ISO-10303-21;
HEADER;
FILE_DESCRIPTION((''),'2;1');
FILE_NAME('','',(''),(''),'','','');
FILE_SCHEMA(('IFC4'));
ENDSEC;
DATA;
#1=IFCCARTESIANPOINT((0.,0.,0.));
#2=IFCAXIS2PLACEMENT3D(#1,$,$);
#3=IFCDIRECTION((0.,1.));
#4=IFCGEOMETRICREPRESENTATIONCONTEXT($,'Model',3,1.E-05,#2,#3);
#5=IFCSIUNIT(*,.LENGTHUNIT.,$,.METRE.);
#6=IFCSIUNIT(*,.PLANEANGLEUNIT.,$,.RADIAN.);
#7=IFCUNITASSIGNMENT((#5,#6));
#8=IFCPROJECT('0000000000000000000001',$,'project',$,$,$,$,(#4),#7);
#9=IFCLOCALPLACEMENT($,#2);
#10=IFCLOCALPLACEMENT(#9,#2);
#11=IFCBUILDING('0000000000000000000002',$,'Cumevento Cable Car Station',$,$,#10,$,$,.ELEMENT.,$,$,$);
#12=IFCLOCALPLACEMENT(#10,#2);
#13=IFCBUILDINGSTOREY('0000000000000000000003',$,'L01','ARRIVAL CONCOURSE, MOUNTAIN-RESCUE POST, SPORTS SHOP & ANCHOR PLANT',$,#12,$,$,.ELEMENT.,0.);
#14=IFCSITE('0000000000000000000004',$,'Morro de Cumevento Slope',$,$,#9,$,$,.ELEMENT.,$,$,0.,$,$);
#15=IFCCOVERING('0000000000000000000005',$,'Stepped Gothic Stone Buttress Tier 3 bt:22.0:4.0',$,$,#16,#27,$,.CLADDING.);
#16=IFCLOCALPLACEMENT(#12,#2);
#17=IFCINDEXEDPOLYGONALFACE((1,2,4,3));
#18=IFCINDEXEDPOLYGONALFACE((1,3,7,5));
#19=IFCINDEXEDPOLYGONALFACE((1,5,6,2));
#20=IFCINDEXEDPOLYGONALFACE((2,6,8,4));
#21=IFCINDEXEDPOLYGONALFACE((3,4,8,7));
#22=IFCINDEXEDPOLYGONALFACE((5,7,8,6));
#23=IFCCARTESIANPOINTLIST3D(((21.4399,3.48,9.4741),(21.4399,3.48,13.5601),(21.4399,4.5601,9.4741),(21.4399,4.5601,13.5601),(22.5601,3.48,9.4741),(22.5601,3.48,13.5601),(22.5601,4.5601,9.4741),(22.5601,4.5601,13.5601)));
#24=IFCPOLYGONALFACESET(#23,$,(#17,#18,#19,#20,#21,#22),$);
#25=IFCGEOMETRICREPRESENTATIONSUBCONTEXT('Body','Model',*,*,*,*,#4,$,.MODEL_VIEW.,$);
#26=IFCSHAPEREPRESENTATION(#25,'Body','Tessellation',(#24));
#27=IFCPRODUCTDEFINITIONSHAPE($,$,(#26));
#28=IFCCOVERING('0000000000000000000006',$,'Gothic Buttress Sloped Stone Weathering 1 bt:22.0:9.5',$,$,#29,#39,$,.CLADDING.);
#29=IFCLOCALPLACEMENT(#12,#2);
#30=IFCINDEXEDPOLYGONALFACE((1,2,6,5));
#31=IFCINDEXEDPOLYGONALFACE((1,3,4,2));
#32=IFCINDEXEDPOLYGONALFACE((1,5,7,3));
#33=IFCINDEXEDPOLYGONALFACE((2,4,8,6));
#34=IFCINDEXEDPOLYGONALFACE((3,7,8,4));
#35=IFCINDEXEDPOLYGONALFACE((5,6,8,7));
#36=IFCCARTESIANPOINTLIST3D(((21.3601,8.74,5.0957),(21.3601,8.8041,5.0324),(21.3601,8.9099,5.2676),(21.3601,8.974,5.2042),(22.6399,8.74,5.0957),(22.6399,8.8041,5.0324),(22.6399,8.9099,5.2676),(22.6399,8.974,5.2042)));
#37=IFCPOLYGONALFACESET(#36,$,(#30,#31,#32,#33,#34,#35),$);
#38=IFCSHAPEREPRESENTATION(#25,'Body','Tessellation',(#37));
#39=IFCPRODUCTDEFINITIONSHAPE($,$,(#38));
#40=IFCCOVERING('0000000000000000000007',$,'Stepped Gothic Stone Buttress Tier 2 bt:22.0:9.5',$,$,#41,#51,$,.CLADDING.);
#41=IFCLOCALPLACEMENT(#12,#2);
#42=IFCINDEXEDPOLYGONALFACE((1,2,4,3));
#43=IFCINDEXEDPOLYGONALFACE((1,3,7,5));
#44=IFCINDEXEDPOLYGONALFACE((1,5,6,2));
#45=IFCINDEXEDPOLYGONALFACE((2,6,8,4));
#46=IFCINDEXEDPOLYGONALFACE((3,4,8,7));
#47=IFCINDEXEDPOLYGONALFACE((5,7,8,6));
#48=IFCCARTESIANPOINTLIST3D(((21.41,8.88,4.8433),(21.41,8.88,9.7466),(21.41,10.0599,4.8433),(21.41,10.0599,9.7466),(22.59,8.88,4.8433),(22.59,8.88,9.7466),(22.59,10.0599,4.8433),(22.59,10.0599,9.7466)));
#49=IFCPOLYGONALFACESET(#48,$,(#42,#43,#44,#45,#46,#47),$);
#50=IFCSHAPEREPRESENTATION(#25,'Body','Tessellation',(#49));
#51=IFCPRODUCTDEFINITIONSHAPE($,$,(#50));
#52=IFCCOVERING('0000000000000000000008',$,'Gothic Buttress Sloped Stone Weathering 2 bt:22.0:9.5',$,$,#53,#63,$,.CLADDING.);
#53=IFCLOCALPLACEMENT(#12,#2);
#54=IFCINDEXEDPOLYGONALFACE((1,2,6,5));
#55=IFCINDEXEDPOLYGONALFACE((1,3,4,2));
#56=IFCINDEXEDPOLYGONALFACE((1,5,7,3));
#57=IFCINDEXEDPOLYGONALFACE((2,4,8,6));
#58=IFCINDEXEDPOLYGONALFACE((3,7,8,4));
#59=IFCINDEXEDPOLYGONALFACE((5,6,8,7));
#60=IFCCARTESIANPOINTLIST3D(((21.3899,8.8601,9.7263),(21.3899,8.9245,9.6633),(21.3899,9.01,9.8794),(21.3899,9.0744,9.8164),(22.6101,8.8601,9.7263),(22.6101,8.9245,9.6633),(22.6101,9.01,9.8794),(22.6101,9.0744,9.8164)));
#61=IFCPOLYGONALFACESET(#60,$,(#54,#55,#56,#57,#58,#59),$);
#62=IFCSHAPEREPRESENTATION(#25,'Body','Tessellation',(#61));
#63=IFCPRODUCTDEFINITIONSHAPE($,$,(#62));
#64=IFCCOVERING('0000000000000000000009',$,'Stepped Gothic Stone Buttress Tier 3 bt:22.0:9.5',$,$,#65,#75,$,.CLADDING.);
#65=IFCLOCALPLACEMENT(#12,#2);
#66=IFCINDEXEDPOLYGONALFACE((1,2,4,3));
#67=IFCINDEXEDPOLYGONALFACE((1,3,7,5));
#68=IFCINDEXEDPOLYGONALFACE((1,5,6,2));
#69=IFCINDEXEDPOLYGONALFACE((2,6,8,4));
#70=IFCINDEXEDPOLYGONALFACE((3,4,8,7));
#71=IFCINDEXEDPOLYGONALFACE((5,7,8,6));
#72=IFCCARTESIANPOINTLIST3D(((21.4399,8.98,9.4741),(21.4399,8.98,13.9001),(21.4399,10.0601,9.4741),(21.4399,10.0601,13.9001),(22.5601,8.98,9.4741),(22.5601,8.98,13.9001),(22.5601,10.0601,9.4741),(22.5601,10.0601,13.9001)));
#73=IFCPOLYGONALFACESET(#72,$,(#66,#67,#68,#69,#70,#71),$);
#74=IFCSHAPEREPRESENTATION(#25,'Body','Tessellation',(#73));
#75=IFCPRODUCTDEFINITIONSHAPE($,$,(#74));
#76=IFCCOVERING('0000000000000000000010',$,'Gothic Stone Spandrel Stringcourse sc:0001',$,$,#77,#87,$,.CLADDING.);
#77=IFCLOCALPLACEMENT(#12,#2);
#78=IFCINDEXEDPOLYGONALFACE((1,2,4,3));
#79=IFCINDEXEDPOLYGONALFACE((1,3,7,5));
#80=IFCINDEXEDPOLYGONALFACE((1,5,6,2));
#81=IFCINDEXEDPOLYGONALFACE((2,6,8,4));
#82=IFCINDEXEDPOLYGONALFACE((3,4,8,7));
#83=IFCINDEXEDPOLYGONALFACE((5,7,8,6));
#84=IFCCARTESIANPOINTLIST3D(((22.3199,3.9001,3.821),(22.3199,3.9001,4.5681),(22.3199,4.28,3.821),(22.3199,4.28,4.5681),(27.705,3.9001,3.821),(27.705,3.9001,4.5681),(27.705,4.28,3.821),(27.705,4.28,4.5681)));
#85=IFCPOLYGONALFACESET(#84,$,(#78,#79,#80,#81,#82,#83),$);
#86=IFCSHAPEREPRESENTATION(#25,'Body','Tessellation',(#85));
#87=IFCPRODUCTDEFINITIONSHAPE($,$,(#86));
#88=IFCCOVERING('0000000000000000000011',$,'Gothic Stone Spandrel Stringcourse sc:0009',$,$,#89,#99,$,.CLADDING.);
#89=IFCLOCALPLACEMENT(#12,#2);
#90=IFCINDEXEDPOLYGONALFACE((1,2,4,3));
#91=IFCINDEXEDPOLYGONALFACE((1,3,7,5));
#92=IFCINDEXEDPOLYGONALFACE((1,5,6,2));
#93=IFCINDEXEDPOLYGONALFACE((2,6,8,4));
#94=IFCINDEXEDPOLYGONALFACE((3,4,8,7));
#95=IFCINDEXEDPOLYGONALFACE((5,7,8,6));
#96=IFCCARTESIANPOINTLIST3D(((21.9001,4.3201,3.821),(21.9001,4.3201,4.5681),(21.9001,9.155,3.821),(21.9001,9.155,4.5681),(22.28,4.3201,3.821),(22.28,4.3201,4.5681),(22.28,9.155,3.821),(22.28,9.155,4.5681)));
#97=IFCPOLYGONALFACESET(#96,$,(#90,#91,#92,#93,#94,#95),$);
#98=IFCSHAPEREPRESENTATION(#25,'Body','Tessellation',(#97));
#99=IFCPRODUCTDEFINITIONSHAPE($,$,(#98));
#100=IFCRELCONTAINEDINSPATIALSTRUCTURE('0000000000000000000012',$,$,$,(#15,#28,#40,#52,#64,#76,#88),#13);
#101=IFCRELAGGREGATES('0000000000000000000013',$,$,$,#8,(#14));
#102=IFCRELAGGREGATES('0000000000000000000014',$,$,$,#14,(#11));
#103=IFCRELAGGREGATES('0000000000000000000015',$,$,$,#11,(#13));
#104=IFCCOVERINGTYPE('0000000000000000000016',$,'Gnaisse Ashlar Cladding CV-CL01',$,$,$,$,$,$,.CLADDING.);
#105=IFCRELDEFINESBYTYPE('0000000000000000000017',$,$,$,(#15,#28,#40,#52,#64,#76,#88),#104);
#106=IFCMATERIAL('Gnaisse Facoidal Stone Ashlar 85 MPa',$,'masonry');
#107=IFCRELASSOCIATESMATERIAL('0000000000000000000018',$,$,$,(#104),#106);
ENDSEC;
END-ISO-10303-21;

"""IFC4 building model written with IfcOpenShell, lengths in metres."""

from ifc_helpers import new_model, si_unit, direction, frame, origin, origin_2d, place, context, subcontext, project, spatial, polyline, rectangle, outline, extrude, material, type_object, element, save


model = new_model("IFC4")

# Units and contexts
model_context = context("Model", 3, precision=1e-05, world=origin(), true_north=direction((0.0, 1.0)))
body_context = subcontext(model_context, "Body", "Model", "MODEL_VIEW")
ifc_project = project(units=[si_unit("LENGTHUNIT", "METRE"), si_unit("PLANEANGLEUNIT", "RADIAN")], contexts=[model_context])

# Site, building, storey
site_placement = place(None, origin())
site = spatial("IfcSite", under=ifc_project, at=site_placement, Name="Morro de Cumevento Slope", CompositionType="ELEMENT", RefElevation=0.0)
building_placement = place(site_placement, origin())
building = spatial("IfcBuilding", under=site, at=building_placement, Name="Cumevento Cable Car Station", CompositionType="ELEMENT")
storey_placement = place(building_placement, origin())
storey = spatial("IfcBuildingStorey", under=building, at=storey_placement, Name="L01", Description="ARRIVAL CONCOURSE, MOUNTAIN-RESCUE POST, SPORTS SHOP & ANCHOR PLANT", CompositionType="ELEMENT", Elevation=0.0)

# Coverings
ifc_material_1 = material(Name="Gnaisse Facoidal Stone Ashlar 85 MPa", Category="masonry")
covering_type = type_object("IfcCoveringType", Name="Gnaisse Ashlar Cladding CV-CL01", PredefinedType="CLADDING", material=ifc_material_1)
covering_1_placement = place(storey_placement, frame((22.0, 4.02, 9.4741), z_axis=(0.0, 0.0, 1.0), x_axis=(1.0, 0.0, 0.0)))
element("IfcCovering", 1, at=covering_1_placement, inside=storey, type_object=covering_type, Name="Stepped Gothic Stone Buttress Tier 3 bt:22.0:4.0", PredefinedType="CLADDING", context=body_context, shape_type="SweptSolid", body=[
    extrude(rectangle(XDim=1.1201, YDim=1.0801, at=origin_2d()), origin(), (0.0, 0.0, 1.0), 4.0859),
])
covering_2_placement = place(storey_placement, frame((21.3601, 8.74, 5.0957), z_axis=(0.0, -0.711136, 0.703055), x_axis=(1.0, 0.0, 0.0)))
element("IfcCovering", 2, at=covering_2_placement, inside=storey, type_object=covering_type, Name="Gothic Buttress Sloped Stone Weathering 1 bt:22.0:9.5", PredefinedType="CLADDING", context=body_context, shape_type="SweptSolid", body=[
    extrude(outline(polyline([(0.0, 0.0), (1.2798, 0.0), (1.2798, 0.2417), (0.0, 0.2417), (0.0, 0.0)])), origin(), (0.0, 0.0, -1.0), 0.0901),
])
covering_3_placement = place(storey_placement, frame((22.0, 9.47, 4.8433), z_axis=(0.0, 0.0, 1.0), x_axis=(1.0, 0.0, 0.0)))
element("IfcCovering", 3, at=covering_3_placement, inside=storey, type_object=covering_type, Name="Stepped Gothic Stone Buttress Tier 2 bt:22.0:9.5", PredefinedType="CLADDING", context=body_context, shape_type="SweptSolid", body=[
    extrude(rectangle(XDim=1.1799, YDim=1.1799, at=origin_2d()), origin(), (0.0, 0.0, 1.0), 4.9033),
])
covering_4_placement = place(storey_placement, frame((21.3899, 8.8601, 9.7263), z_axis=(0.0, -0.714475, 0.699661), x_axis=(1.0, 0.0, 0.0)))
element("IfcCovering", 4, at=covering_4_placement, inside=storey, type_object=covering_type, Name="Gothic Buttress Sloped Stone Weathering 2 bt:22.0:9.5", PredefinedType="CLADDING", context=body_context, shape_type="SweptSolid", body=[
    extrude(outline(polyline([(0.0, 0.0), (1.2202, 0.0), (1.2202, 0.2142), (0.0, 0.2142), (0.0, 0.0)])), origin(), (0.0, 0.0, -1.0), 0.0901),
])
covering_5_placement = place(storey_placement, frame((22.0, 9.52, 9.4741), z_axis=(0.0, 0.0, 1.0), x_axis=(1.0, 0.0, 0.0)))
element("IfcCovering", 5, at=covering_5_placement, inside=storey, type_object=covering_type, Name="Stepped Gothic Stone Buttress Tier 3 bt:22.0:9.5", PredefinedType="CLADDING", context=body_context, shape_type="SweptSolid", body=[
    extrude(rectangle(XDim=1.1201, YDim=1.0801, at=origin_2d()), origin(), (0.0, 0.0, 1.0), 4.426),
])
covering_6_placement = place(storey_placement, frame((25.0125, 4.0901, 3.821), z_axis=(0.0, 0.0, 1.0), x_axis=(-1.0, 0.0, 0.0)))
element("IfcCovering", 6, at=covering_6_placement, inside=storey, type_object=covering_type, Name="Gothic Stone Spandrel Stringcourse sc:0001", PredefinedType="CLADDING", context=body_context, shape_type="SweptSolid", body=[
    extrude(rectangle(XDim=5.385, YDim=0.3799, at=origin_2d()), origin(), (0.0, 0.0, 1.0), 0.7471),
])
covering_7_placement = place(storey_placement, frame((22.0901, 6.7375, 3.821), z_axis=(0.0, 0.0, 1.0), x_axis=(0.0, 1.0, 0.0)))
element("IfcCovering", 7, at=covering_7_placement, inside=storey, type_object=covering_type, Name="Gothic Stone Spandrel Stringcourse sc:0009", PredefinedType="CLADDING", context=body_context, shape_type="SweptSolid", body=[
    extrude(rectangle(XDim=4.835, YDim=0.3799, at=origin_2d()), origin(), (0.0, 0.0, 1.0), 0.7471),
])

save(model, "model.ifc")
